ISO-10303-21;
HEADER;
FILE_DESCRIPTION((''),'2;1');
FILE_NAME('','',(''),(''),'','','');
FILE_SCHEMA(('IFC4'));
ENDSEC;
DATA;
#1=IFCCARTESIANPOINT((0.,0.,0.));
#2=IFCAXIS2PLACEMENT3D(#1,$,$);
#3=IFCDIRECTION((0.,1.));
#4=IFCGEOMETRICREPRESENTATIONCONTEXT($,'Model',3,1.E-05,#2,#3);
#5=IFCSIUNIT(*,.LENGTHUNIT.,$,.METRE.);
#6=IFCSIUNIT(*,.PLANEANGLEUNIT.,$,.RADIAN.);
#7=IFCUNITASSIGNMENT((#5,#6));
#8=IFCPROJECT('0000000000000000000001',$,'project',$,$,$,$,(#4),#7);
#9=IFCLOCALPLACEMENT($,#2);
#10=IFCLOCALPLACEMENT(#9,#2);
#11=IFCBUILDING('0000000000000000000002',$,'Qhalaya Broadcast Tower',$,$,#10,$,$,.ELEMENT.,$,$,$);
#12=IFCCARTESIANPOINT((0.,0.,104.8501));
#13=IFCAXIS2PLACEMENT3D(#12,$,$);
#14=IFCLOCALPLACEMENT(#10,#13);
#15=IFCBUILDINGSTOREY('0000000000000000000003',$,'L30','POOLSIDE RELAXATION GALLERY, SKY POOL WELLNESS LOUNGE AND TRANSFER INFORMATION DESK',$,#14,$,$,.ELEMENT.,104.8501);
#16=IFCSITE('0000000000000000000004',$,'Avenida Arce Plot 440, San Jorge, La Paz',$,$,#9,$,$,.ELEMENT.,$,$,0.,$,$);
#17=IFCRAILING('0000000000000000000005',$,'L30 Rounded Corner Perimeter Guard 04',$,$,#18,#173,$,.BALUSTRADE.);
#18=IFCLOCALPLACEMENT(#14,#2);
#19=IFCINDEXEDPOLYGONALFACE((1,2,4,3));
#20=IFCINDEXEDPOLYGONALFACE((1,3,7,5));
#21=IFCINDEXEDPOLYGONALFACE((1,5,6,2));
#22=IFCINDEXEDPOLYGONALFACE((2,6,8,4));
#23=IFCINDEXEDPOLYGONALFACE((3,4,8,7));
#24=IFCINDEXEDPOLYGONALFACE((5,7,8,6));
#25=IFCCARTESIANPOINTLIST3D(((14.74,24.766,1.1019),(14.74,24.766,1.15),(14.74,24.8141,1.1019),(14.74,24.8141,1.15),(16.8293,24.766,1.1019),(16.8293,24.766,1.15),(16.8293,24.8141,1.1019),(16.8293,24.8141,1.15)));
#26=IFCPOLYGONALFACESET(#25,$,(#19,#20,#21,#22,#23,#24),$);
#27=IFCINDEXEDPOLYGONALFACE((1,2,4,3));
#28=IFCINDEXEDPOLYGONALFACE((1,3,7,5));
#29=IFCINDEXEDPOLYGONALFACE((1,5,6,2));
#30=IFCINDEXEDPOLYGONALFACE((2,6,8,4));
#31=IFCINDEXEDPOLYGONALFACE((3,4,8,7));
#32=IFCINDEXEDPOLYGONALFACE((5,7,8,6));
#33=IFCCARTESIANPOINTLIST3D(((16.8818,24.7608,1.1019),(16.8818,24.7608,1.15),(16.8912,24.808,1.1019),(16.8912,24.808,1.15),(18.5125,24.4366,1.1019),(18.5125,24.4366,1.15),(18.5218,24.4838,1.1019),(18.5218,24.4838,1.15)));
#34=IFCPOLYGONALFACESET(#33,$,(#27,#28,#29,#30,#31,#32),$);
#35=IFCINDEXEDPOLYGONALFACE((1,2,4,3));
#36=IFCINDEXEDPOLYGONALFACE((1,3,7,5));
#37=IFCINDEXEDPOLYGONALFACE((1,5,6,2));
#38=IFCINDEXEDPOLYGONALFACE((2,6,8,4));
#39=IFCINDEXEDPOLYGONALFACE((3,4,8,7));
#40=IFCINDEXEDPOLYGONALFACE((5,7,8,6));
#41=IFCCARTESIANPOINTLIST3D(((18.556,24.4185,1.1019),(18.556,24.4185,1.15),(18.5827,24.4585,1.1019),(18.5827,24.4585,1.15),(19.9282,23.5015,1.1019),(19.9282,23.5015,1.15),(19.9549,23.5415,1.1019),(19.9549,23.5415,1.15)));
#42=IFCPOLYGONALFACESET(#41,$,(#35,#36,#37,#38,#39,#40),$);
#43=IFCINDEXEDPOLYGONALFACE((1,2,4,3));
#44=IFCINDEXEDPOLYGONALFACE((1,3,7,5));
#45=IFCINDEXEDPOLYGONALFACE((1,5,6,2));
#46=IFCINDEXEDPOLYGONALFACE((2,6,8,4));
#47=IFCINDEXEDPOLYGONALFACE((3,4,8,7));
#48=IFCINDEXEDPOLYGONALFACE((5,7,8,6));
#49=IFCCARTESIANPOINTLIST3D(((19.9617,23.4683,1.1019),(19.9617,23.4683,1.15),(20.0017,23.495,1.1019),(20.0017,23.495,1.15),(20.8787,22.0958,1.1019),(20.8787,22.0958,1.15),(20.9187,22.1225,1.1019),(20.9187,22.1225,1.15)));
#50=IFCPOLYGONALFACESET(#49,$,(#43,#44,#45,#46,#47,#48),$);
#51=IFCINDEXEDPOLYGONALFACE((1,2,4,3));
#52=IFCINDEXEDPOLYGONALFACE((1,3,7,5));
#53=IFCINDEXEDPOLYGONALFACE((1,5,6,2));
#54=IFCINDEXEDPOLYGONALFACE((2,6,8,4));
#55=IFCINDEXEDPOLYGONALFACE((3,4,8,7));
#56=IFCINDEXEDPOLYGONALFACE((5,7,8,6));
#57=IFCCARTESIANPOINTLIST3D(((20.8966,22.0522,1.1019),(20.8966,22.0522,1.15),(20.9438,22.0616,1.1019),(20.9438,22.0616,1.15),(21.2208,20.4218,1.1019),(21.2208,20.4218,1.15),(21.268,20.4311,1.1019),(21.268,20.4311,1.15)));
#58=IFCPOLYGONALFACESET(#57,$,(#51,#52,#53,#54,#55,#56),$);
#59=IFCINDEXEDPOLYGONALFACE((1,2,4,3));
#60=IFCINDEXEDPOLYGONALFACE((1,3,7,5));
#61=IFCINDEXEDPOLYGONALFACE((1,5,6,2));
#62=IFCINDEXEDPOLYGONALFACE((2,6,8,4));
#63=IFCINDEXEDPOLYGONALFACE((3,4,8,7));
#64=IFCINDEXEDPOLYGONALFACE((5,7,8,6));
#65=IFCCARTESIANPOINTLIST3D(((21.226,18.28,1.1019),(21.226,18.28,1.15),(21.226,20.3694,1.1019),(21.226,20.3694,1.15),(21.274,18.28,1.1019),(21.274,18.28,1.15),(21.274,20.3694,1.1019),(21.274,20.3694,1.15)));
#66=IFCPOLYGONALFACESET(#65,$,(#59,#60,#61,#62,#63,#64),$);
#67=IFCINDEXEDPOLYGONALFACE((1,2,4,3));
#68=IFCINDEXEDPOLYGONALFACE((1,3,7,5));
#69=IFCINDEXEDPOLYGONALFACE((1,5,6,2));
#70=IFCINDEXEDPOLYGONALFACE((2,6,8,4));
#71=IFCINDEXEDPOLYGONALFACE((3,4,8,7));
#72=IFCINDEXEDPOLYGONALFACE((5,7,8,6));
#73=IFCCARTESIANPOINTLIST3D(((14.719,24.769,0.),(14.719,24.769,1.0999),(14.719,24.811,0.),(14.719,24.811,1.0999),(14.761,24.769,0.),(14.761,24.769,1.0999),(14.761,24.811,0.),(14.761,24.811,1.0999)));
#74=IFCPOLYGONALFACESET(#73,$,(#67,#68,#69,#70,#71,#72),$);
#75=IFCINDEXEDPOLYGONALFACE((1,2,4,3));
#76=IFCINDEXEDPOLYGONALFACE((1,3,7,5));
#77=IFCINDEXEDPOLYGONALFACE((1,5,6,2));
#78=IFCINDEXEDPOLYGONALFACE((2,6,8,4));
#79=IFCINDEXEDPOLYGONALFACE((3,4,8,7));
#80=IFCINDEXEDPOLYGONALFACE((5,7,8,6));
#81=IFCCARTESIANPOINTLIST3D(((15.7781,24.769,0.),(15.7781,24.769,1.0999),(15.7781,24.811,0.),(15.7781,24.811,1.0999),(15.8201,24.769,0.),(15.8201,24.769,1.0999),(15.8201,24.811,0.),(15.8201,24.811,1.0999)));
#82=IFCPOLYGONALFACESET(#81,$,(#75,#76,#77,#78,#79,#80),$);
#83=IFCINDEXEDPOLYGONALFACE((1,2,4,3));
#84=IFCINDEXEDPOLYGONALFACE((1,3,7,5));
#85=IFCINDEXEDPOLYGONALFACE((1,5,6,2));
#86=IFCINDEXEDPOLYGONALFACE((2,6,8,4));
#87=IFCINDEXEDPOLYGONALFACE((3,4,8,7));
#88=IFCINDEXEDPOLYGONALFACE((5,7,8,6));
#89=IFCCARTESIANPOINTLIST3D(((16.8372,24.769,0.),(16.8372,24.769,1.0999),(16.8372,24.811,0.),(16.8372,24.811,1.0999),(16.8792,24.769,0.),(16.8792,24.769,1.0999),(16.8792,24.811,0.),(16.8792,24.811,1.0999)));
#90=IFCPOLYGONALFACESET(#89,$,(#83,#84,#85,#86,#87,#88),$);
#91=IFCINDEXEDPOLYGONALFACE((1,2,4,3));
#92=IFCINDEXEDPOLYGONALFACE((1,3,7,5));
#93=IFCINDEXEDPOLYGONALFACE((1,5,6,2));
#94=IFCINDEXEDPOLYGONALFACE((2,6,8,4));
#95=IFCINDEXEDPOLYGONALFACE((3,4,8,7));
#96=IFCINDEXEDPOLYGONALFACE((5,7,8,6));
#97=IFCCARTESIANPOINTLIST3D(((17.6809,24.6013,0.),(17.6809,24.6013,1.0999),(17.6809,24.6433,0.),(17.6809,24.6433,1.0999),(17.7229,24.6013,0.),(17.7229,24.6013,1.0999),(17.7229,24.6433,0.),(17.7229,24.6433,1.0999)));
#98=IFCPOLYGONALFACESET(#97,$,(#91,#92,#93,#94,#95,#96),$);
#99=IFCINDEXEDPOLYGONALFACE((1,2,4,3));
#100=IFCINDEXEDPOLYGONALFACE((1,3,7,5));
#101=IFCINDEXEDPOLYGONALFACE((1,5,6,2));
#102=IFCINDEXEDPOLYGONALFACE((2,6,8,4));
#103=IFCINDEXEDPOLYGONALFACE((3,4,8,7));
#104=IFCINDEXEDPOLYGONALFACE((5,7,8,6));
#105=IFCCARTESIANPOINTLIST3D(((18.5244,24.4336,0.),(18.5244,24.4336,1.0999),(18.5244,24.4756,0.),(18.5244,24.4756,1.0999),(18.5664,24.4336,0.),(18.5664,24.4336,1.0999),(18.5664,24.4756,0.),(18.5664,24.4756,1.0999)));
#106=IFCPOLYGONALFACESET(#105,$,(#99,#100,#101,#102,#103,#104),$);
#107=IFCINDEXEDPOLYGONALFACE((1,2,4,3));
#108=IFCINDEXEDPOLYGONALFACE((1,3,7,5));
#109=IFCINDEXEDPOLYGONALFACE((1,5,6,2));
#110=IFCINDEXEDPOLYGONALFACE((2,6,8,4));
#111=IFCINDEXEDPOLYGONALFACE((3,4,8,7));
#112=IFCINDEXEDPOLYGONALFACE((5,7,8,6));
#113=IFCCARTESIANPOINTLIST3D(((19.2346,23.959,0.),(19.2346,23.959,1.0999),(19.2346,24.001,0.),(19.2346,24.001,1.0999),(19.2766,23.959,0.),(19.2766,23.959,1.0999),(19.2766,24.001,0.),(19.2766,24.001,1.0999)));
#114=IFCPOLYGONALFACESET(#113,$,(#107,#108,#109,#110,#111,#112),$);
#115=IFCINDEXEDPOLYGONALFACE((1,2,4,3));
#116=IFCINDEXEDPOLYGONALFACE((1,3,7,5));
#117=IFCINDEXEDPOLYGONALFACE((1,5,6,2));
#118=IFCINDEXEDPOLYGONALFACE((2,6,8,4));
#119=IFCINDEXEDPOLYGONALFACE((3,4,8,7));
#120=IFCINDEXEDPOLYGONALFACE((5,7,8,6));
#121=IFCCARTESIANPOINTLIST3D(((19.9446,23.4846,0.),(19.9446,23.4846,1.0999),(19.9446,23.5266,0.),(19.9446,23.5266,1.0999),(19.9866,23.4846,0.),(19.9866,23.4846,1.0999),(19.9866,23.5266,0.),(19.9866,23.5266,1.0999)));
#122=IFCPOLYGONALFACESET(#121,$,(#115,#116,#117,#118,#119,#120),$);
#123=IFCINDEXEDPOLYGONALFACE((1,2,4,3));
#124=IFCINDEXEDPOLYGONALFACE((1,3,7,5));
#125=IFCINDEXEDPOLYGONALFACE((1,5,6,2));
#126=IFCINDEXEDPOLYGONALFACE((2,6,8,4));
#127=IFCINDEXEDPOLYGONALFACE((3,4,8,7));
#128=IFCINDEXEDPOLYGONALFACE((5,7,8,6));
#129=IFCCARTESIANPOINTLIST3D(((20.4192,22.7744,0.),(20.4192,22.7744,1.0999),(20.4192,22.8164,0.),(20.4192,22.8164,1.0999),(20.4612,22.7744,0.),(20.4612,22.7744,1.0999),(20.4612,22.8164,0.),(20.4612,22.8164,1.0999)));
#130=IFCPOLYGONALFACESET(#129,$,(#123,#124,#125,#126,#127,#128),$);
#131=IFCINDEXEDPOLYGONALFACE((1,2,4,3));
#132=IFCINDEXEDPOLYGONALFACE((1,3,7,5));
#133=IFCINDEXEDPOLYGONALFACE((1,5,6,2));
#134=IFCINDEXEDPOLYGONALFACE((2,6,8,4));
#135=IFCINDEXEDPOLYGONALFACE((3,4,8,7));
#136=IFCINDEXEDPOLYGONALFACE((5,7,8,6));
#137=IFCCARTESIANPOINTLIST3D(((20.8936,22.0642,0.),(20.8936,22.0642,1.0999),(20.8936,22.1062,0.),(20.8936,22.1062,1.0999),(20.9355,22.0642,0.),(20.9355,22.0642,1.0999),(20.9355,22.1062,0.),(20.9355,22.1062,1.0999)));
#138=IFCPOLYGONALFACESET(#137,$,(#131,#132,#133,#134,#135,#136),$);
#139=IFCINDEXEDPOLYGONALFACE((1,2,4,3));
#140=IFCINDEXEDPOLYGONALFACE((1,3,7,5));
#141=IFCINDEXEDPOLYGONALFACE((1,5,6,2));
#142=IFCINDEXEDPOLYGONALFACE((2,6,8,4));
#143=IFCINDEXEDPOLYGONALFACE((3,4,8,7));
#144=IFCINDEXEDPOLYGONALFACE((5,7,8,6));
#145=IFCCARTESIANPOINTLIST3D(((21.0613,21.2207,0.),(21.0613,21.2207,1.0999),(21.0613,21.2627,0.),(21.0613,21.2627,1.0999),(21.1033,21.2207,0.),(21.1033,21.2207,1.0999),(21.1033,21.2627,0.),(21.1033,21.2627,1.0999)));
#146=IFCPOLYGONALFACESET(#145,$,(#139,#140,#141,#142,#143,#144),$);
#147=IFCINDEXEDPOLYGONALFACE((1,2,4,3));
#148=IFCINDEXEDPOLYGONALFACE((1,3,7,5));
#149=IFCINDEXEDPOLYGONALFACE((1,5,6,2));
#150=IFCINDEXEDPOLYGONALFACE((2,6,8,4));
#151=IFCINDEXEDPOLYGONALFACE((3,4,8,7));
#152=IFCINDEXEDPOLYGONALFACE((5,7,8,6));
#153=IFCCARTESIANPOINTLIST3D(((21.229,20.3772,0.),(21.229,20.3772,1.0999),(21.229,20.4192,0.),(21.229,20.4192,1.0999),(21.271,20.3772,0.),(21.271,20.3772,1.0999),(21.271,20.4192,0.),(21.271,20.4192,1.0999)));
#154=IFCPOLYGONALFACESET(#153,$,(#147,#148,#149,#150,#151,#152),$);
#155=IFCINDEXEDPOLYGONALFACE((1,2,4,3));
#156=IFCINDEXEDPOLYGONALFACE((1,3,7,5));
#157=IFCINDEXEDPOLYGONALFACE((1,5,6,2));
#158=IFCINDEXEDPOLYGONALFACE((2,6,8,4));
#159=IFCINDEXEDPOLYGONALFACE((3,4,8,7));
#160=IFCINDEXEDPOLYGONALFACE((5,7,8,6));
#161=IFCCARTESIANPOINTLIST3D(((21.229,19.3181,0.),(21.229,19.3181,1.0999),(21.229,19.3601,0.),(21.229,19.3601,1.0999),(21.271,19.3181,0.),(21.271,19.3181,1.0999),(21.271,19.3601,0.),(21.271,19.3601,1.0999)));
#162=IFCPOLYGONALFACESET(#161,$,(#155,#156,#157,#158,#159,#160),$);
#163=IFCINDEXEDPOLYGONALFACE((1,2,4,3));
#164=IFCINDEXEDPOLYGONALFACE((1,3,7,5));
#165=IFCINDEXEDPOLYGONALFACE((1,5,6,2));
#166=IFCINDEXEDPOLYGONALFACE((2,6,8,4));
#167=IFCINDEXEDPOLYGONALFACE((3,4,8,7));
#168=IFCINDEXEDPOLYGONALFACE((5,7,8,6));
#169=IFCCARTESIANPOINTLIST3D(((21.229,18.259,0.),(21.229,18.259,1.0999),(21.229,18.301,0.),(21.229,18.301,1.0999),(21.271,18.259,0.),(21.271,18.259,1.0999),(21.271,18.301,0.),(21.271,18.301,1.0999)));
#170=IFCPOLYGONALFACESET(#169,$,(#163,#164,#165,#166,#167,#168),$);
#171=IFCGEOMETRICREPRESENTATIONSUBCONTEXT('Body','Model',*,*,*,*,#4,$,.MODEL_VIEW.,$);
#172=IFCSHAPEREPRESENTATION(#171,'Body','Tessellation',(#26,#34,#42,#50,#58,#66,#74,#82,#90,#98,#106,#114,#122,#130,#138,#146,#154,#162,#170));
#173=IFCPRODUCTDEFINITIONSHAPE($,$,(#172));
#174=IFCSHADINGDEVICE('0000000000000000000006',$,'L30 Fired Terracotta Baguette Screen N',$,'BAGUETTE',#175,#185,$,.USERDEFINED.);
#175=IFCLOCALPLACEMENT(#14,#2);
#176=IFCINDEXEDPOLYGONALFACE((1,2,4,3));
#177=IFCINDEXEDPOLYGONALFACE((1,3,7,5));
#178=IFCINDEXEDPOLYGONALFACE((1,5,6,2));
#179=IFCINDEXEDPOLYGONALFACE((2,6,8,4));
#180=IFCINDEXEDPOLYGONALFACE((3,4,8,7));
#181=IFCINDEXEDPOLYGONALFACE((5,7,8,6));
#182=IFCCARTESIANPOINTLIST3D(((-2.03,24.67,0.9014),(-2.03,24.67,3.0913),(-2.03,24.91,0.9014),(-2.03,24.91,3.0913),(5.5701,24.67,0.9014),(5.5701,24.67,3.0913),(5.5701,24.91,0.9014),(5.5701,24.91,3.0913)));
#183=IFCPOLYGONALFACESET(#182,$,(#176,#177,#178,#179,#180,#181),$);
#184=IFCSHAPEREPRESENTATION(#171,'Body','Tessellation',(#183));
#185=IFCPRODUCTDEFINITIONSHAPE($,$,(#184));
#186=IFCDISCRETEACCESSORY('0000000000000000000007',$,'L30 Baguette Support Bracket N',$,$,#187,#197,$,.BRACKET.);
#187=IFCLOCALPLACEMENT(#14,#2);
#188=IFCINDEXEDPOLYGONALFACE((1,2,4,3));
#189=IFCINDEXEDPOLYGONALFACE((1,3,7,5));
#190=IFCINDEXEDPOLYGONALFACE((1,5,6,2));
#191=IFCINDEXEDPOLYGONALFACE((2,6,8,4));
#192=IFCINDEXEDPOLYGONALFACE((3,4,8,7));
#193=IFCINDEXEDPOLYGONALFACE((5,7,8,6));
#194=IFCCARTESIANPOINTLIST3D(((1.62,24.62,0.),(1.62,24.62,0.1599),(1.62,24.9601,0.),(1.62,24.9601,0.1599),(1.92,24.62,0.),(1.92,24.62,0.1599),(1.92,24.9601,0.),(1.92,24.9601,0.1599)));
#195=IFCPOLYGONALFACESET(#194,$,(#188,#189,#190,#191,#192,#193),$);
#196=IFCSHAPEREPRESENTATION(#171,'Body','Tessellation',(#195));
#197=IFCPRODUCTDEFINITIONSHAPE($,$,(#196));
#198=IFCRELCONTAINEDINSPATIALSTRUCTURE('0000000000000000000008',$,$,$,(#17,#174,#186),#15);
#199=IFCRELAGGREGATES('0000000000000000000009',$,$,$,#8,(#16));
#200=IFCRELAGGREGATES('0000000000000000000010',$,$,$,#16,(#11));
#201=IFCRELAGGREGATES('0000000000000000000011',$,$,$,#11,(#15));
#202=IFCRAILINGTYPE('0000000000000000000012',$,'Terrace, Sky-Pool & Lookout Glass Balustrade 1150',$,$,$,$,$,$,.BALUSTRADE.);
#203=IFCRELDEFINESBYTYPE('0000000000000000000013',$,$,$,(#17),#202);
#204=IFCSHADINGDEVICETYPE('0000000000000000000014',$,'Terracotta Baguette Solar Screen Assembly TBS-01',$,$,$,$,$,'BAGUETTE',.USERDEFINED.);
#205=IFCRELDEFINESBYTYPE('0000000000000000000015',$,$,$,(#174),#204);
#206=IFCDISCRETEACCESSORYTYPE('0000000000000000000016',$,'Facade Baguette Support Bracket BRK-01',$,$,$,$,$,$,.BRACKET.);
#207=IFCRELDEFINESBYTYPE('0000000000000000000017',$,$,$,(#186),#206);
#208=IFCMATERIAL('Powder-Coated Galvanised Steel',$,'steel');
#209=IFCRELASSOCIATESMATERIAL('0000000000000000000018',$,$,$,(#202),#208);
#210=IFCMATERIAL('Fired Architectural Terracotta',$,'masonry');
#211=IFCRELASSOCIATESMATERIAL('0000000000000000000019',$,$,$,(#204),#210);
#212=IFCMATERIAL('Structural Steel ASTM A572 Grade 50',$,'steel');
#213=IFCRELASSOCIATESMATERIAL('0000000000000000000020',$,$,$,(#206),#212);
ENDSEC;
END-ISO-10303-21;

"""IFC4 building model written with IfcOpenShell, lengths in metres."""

from ifc_helpers import new_model, si_unit, direction, frame, origin, origin_2d, place, context, subcontext, project, spatial, rectangle, extrude, material, type_object, element, save


model = new_model("IFC4")

# Units and contexts
model_context = context("Model", 3, precision=1e-05, world=origin(), true_north=direction((0.0, 1.0)))
body_context = subcontext(model_context, "Body", "Model", "MODEL_VIEW")
ifc_project = project(units=[si_unit("LENGTHUNIT", "METRE"), si_unit("PLANEANGLEUNIT", "RADIAN")], contexts=[model_context])

# Site, building, storey
site_placement = place(None, origin())
site = spatial("IfcSite", under=ifc_project, at=site_placement, Name="Avenida Arce Plot 440, San Jorge, La Paz", CompositionType="ELEMENT", RefElevation=0.0)
building_placement = place(site_placement, origin())
building = spatial("IfcBuilding", under=site, at=building_placement, Name="Qhalaya Broadcast Tower", CompositionType="ELEMENT")
storey_placement = place(building_placement, frame((0.0, 0.0, 104.8501)))
storey = spatial("IfcBuildingStorey", under=building, at=storey_placement, Name="L30", Description="POOLSIDE RELAXATION GALLERY, SKY POOL WELLNESS LOUNGE AND TRANSFER INFORMATION DESK", CompositionType="ELEMENT", Elevation=104.8501)

# Shared definitions
ifc_material_1 = material(Name="Structural Steel ASTM A572 Grade 50", Category="steel")

# Railing
ifc_material_2 = material(Name="Powder-Coated Galvanised Steel", Category="steel")
railing_type = type_object("IfcRailingType", Name="Terrace, Sky-Pool & Lookout Glass Balustrade 1150", PredefinedType="BALUSTRADE", material=ifc_material_2)
railing_placement = place(storey_placement, frame((14.74, 24.79, 0.0)))
element("IfcRailing", 1, at=railing_placement, inside=storey, type_object=railing_type, Name="L30 Rounded Corner Perimeter Guard 04", PredefinedType="BALUSTRADE", context=body_context, shape_type="SweptSolid", body=[
    extrude(rectangle(XDim=0.0481, YDim=0.0481, at=origin_2d()), frame((0.0, 0.0, 1.126), z_axis=(1.0, 0.0, 0.0), x_axis=(0.0, 1.0, 0.0)), (0.0, 0.0, 1.0), 2.0894),
    extrude(rectangle(XDim=0.0481, YDim=0.0481, at=origin_2d()), frame((2.1465, -0.0056, 1.126), z_axis=(0.980804, -0.194997, 0.0), x_axis=(0.194997, 0.980804, 0.0)), (0.0, 0.0, 1.0), 1.6626),
    extrude(rectangle(XDim=0.0481, YDim=0.0481, at=origin_2d()), frame((3.8293, -0.3516, 1.126), z_axis=(0.831456, -0.55559, 0.0), x_axis=(0.55559, 0.831456, 0.0)), (0.0, 0.0, 1.0), 1.6504),
    extrude(rectangle(XDim=0.0481, YDim=0.0481, at=origin_2d()), frame((5.2417, -1.3083, 1.126), z_axis=(0.555524, -0.8315, 0.0), x_axis=(0.8315, 0.555524, 0.0)), (0.0, 0.0, 1.0), 1.6506),
    extrude(rectangle(XDim=0.0481, YDim=0.0481, at=origin_2d()), frame((6.1802, -2.7332, 1.126), z_axis=(0.195024, -0.980798, 0.0), x_axis=(0.980798, 0.195024, 0.0)), (0.0, 0.0, 1.0), 1.6624),
    extrude(rectangle(XDim=0.0481, YDim=0.0481, at=origin_2d()), frame((6.51, -4.4207, 1.126), z_axis=(0.0, -1.0, 0.0), x_axis=(1.0, 0.0, 0.0)), (0.0, 0.0, 1.0), 2.0894),
    extrude(rectangle(XDim=0.042, YDim=0.042, at=origin_2d()), origin(), (0.0, 0.0, 1.0), 1.0999),
    extrude(rectangle(XDim=0.042, YDim=0.042, at=origin_2d()), frame((1.0591, 0.0, 0.0)), (0.0, 0.0, 1.0), 1.0999),
    extrude(rectangle(XDim=0.042, YDim=0.042, at=origin_2d()), frame((2.1182, 0.0, 0.0)), (0.0, 0.0, 1.0), 1.0999),
    extrude(rectangle(XDim=0.042, YDim=0.042, at=origin_2d()), frame((2.9619, -0.1677, 0.0)), (0.0, 0.0, 1.0), 1.0999),
    extrude(rectangle(XDim=0.042, YDim=0.042, at=origin_2d()), frame((3.8054, -0.3354, 0.0)), (0.0, 0.0, 1.0), 1.0999),
    extrude(rectangle(XDim=0.042, YDim=0.042, at=origin_2d()), frame((4.5156, -0.8101, 0.0)), (0.0, 0.0, 1.0), 1.0999),
    extrude(rectangle(XDim=0.042, YDim=0.042, at=origin_2d()), frame((5.2256, -1.2844, 0.0)), (0.0, 0.0, 1.0), 1.0999),
    extrude(rectangle(XDim=0.042, YDim=0.042, at=origin_2d()), frame((5.7002, -1.9946, 0.0)), (0.0, 0.0, 1.0), 1.0999),
    extrude(rectangle(XDim=0.042, YDim=0.042, at=origin_2d()), frame((6.1746, -2.7048, 0.0)), (0.0, 0.0, 1.0), 1.0999),
    extrude(rectangle(XDim=0.042, YDim=0.042, at=origin_2d()), frame((6.3423, -3.5483, 0.0)), (0.0, 0.0, 1.0), 1.0999),
    extrude(rectangle(XDim=0.042, YDim=0.042, at=origin_2d()), frame((6.51, -4.3918, 0.0)), (0.0, 0.0, 1.0), 1.0999),
    extrude(rectangle(XDim=0.042, YDim=0.042, at=origin_2d()), frame((6.51, -5.4509, 0.0)), (0.0, 0.0, 1.0), 1.0999),
    extrude(rectangle(XDim=0.042, YDim=0.042, at=origin_2d()), frame((6.51, -6.51, 0.0)), (0.0, 0.0, 1.0), 1.0999),
])

# Shading device
ifc_material_3 = material(Name="Fired Architectural Terracotta", Category="masonry")
shading_device_type = type_object("IfcShadingDeviceType", Name="Terracotta Baguette Solar Screen Assembly TBS-01", ElementType="BAGUETTE", PredefinedType="USERDEFINED", material=ifc_material_3)
shading_device_placement = place(storey_placement, frame((1.77, 24.79, 0.9014), z_axis=(0.0, 0.0, 1.0), x_axis=(-1.0, 0.0, 0.0)))
element("IfcShadingDevice", 2, at=shading_device_placement, inside=storey, type_object=shading_device_type, Name="L30 Fired Terracotta Baguette Screen N", ObjectType="BAGUETTE", PredefinedType="USERDEFINED", context=body_context, shape_type="SweptSolid", body=[
    extrude(rectangle(XDim=7.6001, YDim=0.24, at=origin_2d()), origin(), (0.0, 0.0, 1.0), 2.1899),
])

# Discrete accessory
discrete_accessory_type = type_object("IfcDiscreteAccessoryType", Name="Facade Baguette Support Bracket BRK-01", PredefinedType="BRACKET", material=ifc_material_1)
discrete_accessory_placement = place(storey_placement, frame((1.77, 24.79, 0.0), z_axis=(0.0, 0.0, 1.0), x_axis=(-1.0, 0.0, 0.0)))
element("IfcDiscreteAccessory", 3, at=discrete_accessory_placement, inside=storey, type_object=discrete_accessory_type, Name="L30 Baguette Support Bracket N", PredefinedType="BRACKET", context=body_context, shape_type="SweptSolid", body=[
    extrude(rectangle(XDim=0.3, YDim=0.3401, at=origin_2d()), origin(), (0.0, 0.0, 1.0), 0.1599),
])

save(model, "model.ifc")
